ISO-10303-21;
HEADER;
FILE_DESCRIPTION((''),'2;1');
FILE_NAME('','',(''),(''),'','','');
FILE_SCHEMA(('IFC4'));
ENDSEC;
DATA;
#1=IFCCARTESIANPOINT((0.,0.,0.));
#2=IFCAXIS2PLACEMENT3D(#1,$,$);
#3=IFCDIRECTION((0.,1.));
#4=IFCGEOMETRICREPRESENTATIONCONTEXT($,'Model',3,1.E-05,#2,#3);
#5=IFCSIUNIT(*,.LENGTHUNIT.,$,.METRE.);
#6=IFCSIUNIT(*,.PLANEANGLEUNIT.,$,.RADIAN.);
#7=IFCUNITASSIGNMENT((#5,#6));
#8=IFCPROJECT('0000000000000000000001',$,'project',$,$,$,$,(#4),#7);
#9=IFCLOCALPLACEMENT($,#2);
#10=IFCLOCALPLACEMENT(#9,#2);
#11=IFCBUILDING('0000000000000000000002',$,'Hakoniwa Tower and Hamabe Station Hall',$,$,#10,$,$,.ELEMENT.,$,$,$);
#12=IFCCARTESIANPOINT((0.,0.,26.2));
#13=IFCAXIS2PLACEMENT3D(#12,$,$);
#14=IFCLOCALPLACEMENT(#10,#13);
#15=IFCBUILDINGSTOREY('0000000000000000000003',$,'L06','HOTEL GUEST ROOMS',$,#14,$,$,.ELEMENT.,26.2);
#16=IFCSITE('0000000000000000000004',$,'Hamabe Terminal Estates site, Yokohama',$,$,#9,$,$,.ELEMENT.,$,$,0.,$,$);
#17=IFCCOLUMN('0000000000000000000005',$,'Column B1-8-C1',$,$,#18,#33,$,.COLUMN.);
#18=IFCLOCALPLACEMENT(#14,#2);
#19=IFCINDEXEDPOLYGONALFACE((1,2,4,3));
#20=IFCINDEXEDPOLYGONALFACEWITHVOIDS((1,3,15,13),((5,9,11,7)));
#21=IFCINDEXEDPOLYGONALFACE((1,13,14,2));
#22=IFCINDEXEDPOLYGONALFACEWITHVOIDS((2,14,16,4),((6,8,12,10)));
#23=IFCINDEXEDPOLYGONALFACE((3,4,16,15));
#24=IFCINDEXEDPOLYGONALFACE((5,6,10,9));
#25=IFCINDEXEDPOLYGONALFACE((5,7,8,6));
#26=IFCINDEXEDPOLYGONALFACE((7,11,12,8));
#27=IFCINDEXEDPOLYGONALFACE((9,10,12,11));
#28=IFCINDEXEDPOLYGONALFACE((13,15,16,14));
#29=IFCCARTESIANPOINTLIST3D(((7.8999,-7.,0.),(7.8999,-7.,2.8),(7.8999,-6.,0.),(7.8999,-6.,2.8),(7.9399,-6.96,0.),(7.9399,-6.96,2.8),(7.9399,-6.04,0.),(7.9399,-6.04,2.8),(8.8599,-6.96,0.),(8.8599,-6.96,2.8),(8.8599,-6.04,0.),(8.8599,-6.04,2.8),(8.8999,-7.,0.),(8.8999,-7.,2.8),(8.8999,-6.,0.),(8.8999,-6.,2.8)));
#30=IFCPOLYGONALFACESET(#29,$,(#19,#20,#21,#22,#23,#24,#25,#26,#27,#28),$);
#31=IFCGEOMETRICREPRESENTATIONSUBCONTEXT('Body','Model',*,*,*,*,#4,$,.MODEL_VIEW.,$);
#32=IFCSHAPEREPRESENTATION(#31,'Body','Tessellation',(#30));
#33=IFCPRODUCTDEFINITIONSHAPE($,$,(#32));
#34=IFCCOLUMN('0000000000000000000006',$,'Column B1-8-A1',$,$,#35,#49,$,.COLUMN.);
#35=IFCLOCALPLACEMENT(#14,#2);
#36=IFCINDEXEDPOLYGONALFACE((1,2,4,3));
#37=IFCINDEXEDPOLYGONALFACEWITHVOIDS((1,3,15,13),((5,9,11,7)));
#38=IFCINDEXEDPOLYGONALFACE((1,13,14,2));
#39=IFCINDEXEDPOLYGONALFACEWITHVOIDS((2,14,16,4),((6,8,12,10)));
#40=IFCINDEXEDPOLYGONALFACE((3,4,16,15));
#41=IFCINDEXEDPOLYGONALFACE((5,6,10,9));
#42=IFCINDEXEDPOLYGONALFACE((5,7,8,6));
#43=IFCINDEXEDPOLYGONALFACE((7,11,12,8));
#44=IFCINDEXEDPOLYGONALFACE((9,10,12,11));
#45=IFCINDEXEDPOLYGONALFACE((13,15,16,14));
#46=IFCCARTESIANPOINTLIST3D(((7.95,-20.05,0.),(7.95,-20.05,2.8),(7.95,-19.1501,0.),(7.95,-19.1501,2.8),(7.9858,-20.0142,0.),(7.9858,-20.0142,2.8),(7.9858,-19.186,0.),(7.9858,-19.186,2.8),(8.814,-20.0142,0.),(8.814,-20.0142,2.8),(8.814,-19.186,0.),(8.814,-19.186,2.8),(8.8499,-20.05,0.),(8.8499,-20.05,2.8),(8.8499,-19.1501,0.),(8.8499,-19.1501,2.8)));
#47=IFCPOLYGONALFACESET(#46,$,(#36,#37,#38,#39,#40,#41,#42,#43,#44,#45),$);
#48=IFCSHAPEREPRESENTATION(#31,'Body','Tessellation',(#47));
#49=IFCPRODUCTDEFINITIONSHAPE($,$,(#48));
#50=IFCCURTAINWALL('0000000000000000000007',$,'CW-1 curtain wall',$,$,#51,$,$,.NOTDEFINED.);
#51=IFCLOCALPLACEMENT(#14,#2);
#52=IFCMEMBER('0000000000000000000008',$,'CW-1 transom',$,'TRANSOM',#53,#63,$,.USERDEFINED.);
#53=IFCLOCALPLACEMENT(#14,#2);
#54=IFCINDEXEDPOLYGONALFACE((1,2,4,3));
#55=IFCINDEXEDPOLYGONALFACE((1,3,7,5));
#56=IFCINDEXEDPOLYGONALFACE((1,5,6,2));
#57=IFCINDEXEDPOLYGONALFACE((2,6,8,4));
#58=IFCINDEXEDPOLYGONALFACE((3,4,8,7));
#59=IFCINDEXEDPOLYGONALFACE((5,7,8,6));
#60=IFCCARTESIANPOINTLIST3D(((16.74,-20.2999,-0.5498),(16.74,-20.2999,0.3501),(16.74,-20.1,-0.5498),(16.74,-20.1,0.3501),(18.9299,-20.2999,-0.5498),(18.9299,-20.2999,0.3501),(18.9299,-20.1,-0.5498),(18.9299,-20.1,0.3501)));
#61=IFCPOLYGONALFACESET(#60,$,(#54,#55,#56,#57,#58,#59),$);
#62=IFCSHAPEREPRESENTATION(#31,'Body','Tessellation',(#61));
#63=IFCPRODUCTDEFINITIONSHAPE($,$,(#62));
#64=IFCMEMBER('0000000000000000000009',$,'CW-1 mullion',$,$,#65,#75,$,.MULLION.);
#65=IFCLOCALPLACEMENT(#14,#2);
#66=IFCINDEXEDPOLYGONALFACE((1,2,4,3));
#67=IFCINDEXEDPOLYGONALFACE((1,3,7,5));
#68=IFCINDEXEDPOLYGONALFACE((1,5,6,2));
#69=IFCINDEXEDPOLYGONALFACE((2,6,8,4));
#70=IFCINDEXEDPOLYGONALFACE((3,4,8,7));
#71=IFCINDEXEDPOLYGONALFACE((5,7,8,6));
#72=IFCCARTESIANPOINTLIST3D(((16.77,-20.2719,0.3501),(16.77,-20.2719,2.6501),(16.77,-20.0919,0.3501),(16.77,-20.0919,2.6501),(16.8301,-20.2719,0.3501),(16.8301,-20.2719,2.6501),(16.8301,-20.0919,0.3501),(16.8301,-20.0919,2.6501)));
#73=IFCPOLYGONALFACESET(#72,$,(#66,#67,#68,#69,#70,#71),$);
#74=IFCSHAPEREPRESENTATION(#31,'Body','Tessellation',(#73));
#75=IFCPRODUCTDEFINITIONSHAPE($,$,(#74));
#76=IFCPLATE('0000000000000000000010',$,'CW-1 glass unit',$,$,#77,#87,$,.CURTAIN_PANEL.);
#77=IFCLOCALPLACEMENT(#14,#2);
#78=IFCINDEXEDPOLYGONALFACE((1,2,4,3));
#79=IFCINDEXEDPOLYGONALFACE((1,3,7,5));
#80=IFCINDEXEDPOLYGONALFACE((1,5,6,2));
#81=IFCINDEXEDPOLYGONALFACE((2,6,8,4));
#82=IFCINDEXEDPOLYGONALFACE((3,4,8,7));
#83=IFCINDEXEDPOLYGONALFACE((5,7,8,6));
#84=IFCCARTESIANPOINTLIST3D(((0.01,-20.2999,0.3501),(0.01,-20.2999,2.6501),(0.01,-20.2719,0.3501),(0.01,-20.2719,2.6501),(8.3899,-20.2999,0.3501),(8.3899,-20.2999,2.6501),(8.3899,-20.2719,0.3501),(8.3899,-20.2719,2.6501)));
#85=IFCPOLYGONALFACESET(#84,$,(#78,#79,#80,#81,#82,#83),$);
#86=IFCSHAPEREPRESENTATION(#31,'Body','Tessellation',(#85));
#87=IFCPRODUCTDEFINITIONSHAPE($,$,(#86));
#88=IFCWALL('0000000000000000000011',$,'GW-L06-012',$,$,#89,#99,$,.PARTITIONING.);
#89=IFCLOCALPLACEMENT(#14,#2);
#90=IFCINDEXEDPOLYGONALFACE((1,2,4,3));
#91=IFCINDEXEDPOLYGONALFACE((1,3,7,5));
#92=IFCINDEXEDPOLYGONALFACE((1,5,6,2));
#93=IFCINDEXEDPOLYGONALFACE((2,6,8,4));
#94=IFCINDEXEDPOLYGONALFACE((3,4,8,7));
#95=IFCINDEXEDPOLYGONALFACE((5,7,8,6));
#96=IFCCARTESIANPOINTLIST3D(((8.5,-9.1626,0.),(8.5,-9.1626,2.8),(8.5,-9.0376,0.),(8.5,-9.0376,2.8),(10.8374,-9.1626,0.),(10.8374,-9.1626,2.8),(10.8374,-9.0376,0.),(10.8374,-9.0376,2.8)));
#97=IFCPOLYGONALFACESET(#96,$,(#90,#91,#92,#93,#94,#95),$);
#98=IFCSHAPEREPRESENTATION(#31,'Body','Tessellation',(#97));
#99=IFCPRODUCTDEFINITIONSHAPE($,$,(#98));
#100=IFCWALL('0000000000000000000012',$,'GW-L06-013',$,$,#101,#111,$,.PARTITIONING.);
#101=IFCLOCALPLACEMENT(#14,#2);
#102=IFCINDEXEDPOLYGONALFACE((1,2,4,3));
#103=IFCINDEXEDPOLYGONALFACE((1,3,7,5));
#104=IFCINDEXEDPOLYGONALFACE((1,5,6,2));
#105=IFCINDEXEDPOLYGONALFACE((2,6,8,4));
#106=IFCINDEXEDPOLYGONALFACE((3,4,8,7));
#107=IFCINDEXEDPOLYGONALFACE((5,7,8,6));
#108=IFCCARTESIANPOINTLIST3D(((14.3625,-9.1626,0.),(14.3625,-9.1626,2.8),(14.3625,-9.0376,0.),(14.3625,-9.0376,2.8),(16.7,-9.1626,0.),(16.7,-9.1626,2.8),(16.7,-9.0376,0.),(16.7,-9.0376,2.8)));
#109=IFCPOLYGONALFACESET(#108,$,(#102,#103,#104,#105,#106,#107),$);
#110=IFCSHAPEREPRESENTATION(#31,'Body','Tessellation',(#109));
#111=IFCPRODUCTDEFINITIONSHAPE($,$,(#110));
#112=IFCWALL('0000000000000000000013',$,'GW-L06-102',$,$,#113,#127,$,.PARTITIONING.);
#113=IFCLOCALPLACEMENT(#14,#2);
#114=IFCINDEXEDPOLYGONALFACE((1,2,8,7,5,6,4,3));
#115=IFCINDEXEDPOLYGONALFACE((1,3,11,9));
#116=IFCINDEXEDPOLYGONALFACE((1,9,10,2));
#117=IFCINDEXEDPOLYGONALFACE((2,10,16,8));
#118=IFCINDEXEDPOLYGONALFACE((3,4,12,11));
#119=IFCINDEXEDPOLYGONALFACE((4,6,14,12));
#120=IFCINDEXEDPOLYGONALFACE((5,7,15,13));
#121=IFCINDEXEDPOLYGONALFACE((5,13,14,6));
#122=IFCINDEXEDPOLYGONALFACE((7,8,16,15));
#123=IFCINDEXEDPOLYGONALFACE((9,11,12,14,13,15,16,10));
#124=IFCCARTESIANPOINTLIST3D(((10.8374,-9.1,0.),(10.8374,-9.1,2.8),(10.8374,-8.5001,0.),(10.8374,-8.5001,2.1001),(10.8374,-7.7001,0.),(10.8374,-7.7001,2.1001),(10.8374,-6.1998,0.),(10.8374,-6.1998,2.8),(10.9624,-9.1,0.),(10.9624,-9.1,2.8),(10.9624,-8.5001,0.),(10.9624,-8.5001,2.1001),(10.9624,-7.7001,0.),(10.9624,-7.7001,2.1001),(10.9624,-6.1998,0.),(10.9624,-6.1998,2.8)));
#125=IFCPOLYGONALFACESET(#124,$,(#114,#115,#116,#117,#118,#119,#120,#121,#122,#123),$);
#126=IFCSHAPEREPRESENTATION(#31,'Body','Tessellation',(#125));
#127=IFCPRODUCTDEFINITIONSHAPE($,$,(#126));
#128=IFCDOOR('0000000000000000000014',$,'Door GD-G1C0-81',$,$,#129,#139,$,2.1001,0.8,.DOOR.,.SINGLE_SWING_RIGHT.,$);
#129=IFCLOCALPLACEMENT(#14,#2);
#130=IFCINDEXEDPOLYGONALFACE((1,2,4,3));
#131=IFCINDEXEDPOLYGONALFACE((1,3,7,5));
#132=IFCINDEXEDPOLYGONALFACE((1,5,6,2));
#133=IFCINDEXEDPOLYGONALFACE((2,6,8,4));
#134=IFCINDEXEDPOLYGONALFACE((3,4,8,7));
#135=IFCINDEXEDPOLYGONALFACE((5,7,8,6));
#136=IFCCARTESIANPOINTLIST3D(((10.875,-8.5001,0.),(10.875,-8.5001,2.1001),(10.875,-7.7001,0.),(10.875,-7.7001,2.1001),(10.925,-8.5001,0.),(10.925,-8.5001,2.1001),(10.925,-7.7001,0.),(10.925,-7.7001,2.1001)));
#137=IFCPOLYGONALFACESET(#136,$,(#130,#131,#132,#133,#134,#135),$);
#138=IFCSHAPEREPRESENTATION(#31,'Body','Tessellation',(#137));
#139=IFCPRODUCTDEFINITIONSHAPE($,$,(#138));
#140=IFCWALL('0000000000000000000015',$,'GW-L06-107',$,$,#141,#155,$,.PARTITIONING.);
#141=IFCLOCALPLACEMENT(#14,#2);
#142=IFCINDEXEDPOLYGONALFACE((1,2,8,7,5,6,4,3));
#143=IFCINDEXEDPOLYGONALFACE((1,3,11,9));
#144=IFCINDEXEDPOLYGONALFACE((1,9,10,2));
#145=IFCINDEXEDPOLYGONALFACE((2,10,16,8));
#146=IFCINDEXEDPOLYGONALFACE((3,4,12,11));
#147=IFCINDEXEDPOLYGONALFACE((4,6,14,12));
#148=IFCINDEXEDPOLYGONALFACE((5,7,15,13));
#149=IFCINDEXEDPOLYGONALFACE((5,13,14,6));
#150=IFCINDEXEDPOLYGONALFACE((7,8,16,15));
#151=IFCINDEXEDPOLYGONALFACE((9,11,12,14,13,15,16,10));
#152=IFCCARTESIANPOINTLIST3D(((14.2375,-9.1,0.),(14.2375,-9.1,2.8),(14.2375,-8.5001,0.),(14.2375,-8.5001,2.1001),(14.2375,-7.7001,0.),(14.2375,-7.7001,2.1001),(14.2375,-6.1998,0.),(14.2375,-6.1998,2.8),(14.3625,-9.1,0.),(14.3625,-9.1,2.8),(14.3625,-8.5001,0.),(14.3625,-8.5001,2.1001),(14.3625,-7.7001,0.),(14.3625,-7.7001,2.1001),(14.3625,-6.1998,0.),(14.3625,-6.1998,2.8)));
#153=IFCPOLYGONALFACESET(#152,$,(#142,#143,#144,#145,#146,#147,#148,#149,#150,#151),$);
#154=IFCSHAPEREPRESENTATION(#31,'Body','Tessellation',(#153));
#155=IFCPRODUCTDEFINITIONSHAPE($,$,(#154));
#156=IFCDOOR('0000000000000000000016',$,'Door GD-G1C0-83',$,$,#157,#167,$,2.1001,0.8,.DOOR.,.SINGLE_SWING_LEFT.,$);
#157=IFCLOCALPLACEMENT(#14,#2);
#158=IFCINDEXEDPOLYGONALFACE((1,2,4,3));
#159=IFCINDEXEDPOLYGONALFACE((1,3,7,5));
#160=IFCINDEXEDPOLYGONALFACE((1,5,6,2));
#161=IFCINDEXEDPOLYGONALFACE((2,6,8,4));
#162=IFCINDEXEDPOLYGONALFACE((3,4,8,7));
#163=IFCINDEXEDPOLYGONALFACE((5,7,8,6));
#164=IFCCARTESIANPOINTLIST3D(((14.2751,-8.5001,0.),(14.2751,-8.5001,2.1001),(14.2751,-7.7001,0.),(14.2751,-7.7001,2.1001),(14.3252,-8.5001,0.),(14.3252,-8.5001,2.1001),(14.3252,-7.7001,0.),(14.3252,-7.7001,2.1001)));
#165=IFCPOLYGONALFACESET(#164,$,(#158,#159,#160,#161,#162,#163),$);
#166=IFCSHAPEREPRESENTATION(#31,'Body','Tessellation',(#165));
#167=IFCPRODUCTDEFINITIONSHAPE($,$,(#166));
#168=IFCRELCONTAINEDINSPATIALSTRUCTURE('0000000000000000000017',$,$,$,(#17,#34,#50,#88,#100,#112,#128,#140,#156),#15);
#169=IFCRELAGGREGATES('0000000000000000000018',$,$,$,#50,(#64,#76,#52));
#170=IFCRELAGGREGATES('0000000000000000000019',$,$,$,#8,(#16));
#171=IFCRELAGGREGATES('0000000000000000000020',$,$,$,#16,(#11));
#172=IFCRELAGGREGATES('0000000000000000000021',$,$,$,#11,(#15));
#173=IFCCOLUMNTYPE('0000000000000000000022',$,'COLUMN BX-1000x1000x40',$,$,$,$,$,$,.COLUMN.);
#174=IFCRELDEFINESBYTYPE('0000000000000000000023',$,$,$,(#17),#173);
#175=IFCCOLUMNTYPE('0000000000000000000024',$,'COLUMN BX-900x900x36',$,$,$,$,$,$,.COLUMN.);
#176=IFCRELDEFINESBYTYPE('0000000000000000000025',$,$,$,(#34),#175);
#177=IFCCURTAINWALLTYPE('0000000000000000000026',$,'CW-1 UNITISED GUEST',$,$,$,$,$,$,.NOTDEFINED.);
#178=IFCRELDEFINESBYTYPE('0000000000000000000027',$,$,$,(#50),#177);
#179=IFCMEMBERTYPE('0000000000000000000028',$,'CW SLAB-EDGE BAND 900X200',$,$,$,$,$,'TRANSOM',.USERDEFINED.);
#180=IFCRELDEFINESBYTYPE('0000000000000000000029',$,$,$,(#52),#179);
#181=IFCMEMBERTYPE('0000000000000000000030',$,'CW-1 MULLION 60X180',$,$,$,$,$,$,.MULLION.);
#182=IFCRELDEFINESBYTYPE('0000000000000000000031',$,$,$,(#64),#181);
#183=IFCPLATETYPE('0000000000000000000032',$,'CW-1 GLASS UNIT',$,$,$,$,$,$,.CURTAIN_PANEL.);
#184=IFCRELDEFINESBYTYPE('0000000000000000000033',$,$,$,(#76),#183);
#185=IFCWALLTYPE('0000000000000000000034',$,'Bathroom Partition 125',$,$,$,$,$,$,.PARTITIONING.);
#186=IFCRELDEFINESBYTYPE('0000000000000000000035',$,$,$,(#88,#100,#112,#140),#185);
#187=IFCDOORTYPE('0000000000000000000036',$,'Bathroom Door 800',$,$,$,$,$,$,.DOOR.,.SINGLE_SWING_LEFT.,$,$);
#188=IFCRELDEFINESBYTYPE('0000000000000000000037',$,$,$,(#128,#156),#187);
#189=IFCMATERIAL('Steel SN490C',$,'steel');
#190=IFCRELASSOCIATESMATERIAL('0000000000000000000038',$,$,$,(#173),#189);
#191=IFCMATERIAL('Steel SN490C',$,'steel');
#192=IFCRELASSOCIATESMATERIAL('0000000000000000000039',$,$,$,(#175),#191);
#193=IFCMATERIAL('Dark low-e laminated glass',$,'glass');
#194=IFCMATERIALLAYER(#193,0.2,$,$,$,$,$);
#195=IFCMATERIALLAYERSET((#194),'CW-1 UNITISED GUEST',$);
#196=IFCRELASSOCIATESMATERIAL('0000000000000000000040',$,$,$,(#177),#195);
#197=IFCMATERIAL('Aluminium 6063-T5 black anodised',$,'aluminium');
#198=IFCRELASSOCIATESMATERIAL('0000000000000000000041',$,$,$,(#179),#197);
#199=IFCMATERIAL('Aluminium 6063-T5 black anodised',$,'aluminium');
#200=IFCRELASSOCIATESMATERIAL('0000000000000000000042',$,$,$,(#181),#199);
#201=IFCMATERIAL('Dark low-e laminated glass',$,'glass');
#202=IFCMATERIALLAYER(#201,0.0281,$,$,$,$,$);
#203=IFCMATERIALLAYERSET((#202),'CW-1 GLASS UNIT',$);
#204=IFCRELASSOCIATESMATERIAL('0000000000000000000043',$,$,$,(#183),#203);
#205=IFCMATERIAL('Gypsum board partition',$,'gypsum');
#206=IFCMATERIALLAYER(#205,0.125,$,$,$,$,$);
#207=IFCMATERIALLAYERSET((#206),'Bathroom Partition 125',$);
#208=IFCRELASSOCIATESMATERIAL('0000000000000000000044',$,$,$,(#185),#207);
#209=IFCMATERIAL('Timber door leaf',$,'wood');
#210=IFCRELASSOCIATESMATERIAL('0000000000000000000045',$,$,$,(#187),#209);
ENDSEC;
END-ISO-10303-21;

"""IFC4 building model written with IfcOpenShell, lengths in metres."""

from ifc_helpers import new_model, si_unit, direction, frame, frame_2d, origin, origin_2d, place, context, subcontext, project, spatial, rectangle, hollow_rectangle, extrude, material, layer, layer_set, material_profile, profile_set, type_object, element, fill, aggregate, save


model = new_model("IFC4")

# Units and contexts
model_context = context("Model", 3, precision=1e-05, world=origin(), true_north=direction((0.0, 1.0)))
body_context = subcontext(model_context, "Body", "Model", "MODEL_VIEW")
ifc_project = project(units=[si_unit("LENGTHUNIT", "METRE"), si_unit("PLANEANGLEUNIT", "RADIAN")], contexts=[model_context])

# Site, building, storey
site_placement = place(None, origin())
site = spatial("IfcSite", under=ifc_project, at=site_placement, Name="Hamabe Terminal Estates site, Yokohama", CompositionType="ELEMENT", RefElevation=0.0)
building_placement = place(site_placement, origin())
building = spatial("IfcBuilding", under=site, at=building_placement, Name="Hakoniwa Tower and Hamabe Station Hall", CompositionType="ELEMENT")
storey_placement = place(building_placement, frame((0.0, 0.0, 26.2)))
storey = spatial("IfcBuildingStorey", under=building, at=storey_placement, Name="L06", Description="HOTEL GUEST ROOMS", CompositionType="ELEMENT", Elevation=26.2)

# Columns
ifc_material_1 = material(Name="Steel SN490C", Category="steel")
ifc_material_profile_1 = material_profile(ifc_material_1, hollow_rectangle(XDim=1.0, YDim=1.0, WallThickness=0.04, at=origin_2d()), Name="BX-1000x1000x40")
ifc_profile_set_1 = profile_set([ifc_material_profile_1], Name="Steel SN490C")
column_type_1 = type_object("IfcColumnType", Name="COLUMN BX-1000x1000x40", PredefinedType="COLUMN", material=ifc_profile_set_1)
column_1_placement = place(storey_placement, frame((8.3999, -6.5, 0.0), z_axis=(0.0, 0.0, 1.0), x_axis=(1.0, 0.0, 0.0)))
element("IfcColumn", 1, at=column_1_placement, inside=storey, type_object=column_type_1, Name="Column B1-8-C1", PredefinedType="COLUMN", context=body_context, shape_type="SweptSolid", body=[
    extrude(hollow_rectangle(XDim=1.0, YDim=1.0, WallThickness=0.04, at=origin_2d()), origin(), (0.0, 0.0, 1.0), 2.8),
])
ifc_material_2 = material(Name="Steel SN490C", Category="steel")
ifc_material_profile_2 = material_profile(ifc_material_2, hollow_rectangle(XDim=0.8999, YDim=0.8999, WallThickness=0.0359, at=origin_2d()), Name="BX-900x900x36")
ifc_profile_set_2 = profile_set([ifc_material_profile_2], Name="Steel SN490C")
column_type_2 = type_object("IfcColumnType", Name="COLUMN BX-900x900x36", PredefinedType="COLUMN", material=ifc_profile_set_2)
column_2_placement = place(storey_placement, frame((8.3999, -19.6001, 0.0), z_axis=(0.0, 0.0, 1.0), x_axis=(1.0, 0.0, 0.0)))
element("IfcColumn", 2, at=column_2_placement, inside=storey, type_object=column_type_2, Name="Column B1-8-A1", PredefinedType="COLUMN", context=body_context, shape_type="SweptSolid", body=[
    extrude(hollow_rectangle(XDim=0.8999, YDim=0.8999, WallThickness=0.0359, at=origin_2d()), origin(), (0.0, 0.0, 1.0), 2.8),
])

# Curtain wall, members, plate
ifc_material_3 = material(Name="Dark low-e laminated glass", Category="glass")
ifc_layer_1 = layer(ifc_material_3, 0.2)
ifc_layer_set_1 = layer_set([ifc_layer_1], Name="CW-1 UNITISED GUEST")
curtain_wall_type = type_object("IfcCurtainWallType", Name="CW-1 UNITISED GUEST", PredefinedType="NOTDEFINED", material=ifc_layer_set_1)
curtain_wall_placement = place(storey_placement, origin())
curtain_wall = element("IfcCurtainWall", 3, at=curtain_wall_placement, inside=storey, type_object=curtain_wall_type, Name="CW-1 curtain wall", PredefinedType="NOTDEFINED")
ifc_material_4 = material(Name="Aluminium 6063-T5 black anodised", Category="aluminium")
ifc_material_profile_3 = material_profile(ifc_material_4, rectangle(XDim=0.2, YDim=0.8999, at=origin_2d()), Name="CW SLAB-EDGE BAND 900X200")
ifc_profile_set_3 = profile_set([ifc_material_profile_3], Name="Aluminium 6063-T5 black anodised")
member_type_1 = type_object("IfcMemberType", Name="CW SLAB-EDGE BAND 900X200", ElementType="TRANSOM", PredefinedType="USERDEFINED", material=ifc_profile_set_3)
member_1_placement = place(storey_placement, frame((16.74, -20.2, -0.0999), z_axis=(1.0, 0.0, 0.0), x_axis=(0.0, 1.0, 0.0)))
member_1 = element("IfcMember", 4, at=member_1_placement, type_object=member_type_1, Name="CW-1 transom", ObjectType="TRANSOM", PredefinedType="USERDEFINED", context=body_context, shape_type="SweptSolid", body=[
    extrude(rectangle(XDim=0.2, YDim=0.8999, at=origin_2d()), origin(), (0.0, 0.0, 1.0), 2.1899),
])
ifc_material_5 = material(Name="Aluminium 6063-T5 black anodised", Category="aluminium")
ifc_material_profile_4 = material_profile(ifc_material_5, rectangle(XDim=0.0601, YDim=0.1799, at=origin_2d()), Name="CW-1 MULLION 60X180")
ifc_profile_set_4 = profile_set([ifc_material_profile_4], Name="Aluminium 6063-T5 black anodised")
member_type_2 = type_object("IfcMemberType", Name="CW-1 MULLION 60X180", PredefinedType="MULLION", material=ifc_profile_set_4)
member_2_placement = place(storey_placement, frame((16.8, -20.1819, 0.3501), z_axis=(0.0, 0.0, 1.0), x_axis=(1.0, 0.0, 0.0)))
member_2 = element("IfcMember", 5, at=member_2_placement, type_object=member_type_2, Name="CW-1 mullion", PredefinedType="MULLION", context=body_context, shape_type="SweptSolid", body=[
    extrude(rectangle(XDim=0.0601, YDim=0.1799, at=origin_2d()), origin(), (0.0, 0.0, 1.0), 2.3),
])
ifc_material_6 = material(Name="Dark low-e laminated glass", Category="glass")
ifc_layer_2 = layer(ifc_material_6, 0.0281)
ifc_layer_set_2 = layer_set([ifc_layer_2], Name="CW-1 GLASS UNIT")
plate_type = type_object("IfcPlateType", Name="CW-1 GLASS UNIT", PredefinedType="CURTAIN_PANEL", material=ifc_layer_set_2)
plate_placement = place(storey_placement, frame((4.2, -20.2859, 0.3501), z_axis=(0.0, 0.0, 1.0), x_axis=(1.0, 0.0, 0.0)))
plate = element("IfcPlate", 6, at=plate_placement, type_object=plate_type, Name="CW-1 glass unit", PredefinedType="CURTAIN_PANEL", context=body_context, shape_type="SweptSolid", body=[
    extrude(rectangle(XDim=8.3799, YDim=0.0281, at=origin_2d()), origin(), (0.0, 0.0, 1.0), 2.3),
])

# Walls
ifc_material_7 = material(Name="Gypsum board partition", Category="gypsum")
ifc_layer_3 = layer(ifc_material_7, 0.125)
ifc_layer_set_3 = layer_set([ifc_layer_3], Name="Bathroom Partition 125")
wall_type_1 = type_object("IfcWallType", Name="Bathroom Partition 125", PredefinedType="PARTITIONING", material=ifc_layer_set_3)
for number, where, z_axis, x_axis, name in (
    (7, (8.5, -9.1001, 0.0), (0.0, 0.0, 1.0), (1.0, 0.0, 0.0), "GW-L06-012"),
    (8, (14.3625, -9.1001, 0.0), (0.0, 0.0, 1.0), (1.0, 0.0, 0.0), "GW-L06-013"),
):
    element("IfcWall", number, at=place(storey_placement, frame(where, z_axis=z_axis, x_axis=x_axis)), inside=storey, type_object=wall_type_1, Name=name, PredefinedType="PARTITIONING", context=body_context, shape_type="SweptSolid", body=[
        extrude(rectangle(XDim=2.3374, YDim=0.125, at=frame_2d((1.1687, 0.0))), origin(), (0.0, 0.0, 1.0), 2.8),
    ])

# Walls, openings, doors
wall_1_placement = place(storey_placement, frame((10.8999, -9.1001, 0.0), z_axis=(0.0, 0.0, 1.0), x_axis=(0.0, 1.0, 0.0)))
wall_1 = element("IfcWall", 9, at=wall_1_placement, inside=storey, type_object=wall_type_1, Name="GW-L06-102", PredefinedType="PARTITIONING", context=body_context, shape_type="SweptSolid", body=[
    extrude(rectangle(XDim=2.9001, YDim=0.125, at=frame_2d((1.4502, 0.0))), origin(), (0.0, 0.0, 1.0), 2.8),
])
opening_1_placement = place(wall_1_placement, frame((0.6001, 0.0, 0.0)))
opening_1 = element("IfcOpeningElement", 10, at=opening_1_placement, cuts=wall_1, PredefinedType="OPENING", context=body_context, shape_type="SweptSolid", body=[
    extrude(rectangle(XDim=0.8, YDim=2.1001, at=frame_2d((0.3999, 1.05))), frame((0.0, 0.0725, 0.0), z_axis=(0.0, -1.0, 0.0), x_axis=(1.0, 0.0, 0.0)), (0.0, 0.0, 1.0), 0.145),
])
ifc_material_8 = material(Name="Timber door leaf", Category="wood")
door_type_1 = type_object("IfcDoorType", Name="Bathroom Door 800", OperationType="SINGLE_SWING_LEFT", PredefinedType="DOOR", material=ifc_material_8)
door_1_placement = place(opening_1_placement, origin())
door_1 = element("IfcDoor", 11, at=door_1_placement, inside=storey, type_object=door_type_1, Name="Door GD-G1C0-81", OperationType="SINGLE_SWING_RIGHT", OverallHeight=2.1001, OverallWidth=0.8, PredefinedType="DOOR", context=body_context, shape_type="SweptSolid", body=[
    extrude(rectangle(XDim=0.8, YDim=2.1001, at=frame_2d((0.3999, 1.05))), frame((0.0, 0.0249, 0.0), z_axis=(0.0, -1.0, 0.0), x_axis=(1.0, 0.0, 0.0)), (0.0, 0.0, 1.0), 0.05),
])
fill(opening_1, door_1)
wall_2_placement = place(storey_placement, frame((14.3, -9.1001, 0.0), z_axis=(0.0, 0.0, 1.0), x_axis=(0.0, 1.0, 0.0)))
wall_2 = element("IfcWall", 12, at=wall_2_placement, inside=storey, type_object=wall_type_1, Name="GW-L06-107", PredefinedType="PARTITIONING", context=body_context, shape_type="SweptSolid", body=[
    extrude(rectangle(XDim=2.9001, YDim=0.125, at=frame_2d((1.4502, 0.0))), origin(), (0.0, 0.0, 1.0), 2.8),
])
opening_2_placement = place(wall_2_placement, frame((0.6001, 0.0, 0.0)))
opening_2 = element("IfcOpeningElement", 13, at=opening_2_placement, cuts=wall_2, PredefinedType="OPENING", context=body_context, shape_type="SweptSolid", body=[
    extrude(rectangle(XDim=0.8, YDim=2.1001, at=frame_2d((0.3999, 1.05))), frame((0.0, 0.0725, 0.0), z_axis=(0.0, -1.0, 0.0), x_axis=(1.0, 0.0, 0.0)), (0.0, 0.0, 1.0), 0.145),
])
door_2_placement = place(opening_2_placement, origin())
door_2 = element("IfcDoor", 14, at=door_2_placement, inside=storey, type_object=door_type_1, Name="Door GD-G1C0-83", OperationType="SINGLE_SWING_LEFT", OverallHeight=2.1001, OverallWidth=0.8, PredefinedType="DOOR", context=body_context, shape_type="SweptSolid", body=[
    extrude(rectangle(XDim=0.8, YDim=2.1001, at=frame_2d((0.3999, 1.05))), frame((0.0, 0.0249, 0.0), z_axis=(0.0, -1.0, 0.0), x_axis=(1.0, 0.0, 0.0)), (0.0, 0.0, 1.0), 0.05),
])
fill(opening_2, door_2)
aggregate(curtain_wall, [member_2, plate, member_1])

save(model, "model.ifc")
